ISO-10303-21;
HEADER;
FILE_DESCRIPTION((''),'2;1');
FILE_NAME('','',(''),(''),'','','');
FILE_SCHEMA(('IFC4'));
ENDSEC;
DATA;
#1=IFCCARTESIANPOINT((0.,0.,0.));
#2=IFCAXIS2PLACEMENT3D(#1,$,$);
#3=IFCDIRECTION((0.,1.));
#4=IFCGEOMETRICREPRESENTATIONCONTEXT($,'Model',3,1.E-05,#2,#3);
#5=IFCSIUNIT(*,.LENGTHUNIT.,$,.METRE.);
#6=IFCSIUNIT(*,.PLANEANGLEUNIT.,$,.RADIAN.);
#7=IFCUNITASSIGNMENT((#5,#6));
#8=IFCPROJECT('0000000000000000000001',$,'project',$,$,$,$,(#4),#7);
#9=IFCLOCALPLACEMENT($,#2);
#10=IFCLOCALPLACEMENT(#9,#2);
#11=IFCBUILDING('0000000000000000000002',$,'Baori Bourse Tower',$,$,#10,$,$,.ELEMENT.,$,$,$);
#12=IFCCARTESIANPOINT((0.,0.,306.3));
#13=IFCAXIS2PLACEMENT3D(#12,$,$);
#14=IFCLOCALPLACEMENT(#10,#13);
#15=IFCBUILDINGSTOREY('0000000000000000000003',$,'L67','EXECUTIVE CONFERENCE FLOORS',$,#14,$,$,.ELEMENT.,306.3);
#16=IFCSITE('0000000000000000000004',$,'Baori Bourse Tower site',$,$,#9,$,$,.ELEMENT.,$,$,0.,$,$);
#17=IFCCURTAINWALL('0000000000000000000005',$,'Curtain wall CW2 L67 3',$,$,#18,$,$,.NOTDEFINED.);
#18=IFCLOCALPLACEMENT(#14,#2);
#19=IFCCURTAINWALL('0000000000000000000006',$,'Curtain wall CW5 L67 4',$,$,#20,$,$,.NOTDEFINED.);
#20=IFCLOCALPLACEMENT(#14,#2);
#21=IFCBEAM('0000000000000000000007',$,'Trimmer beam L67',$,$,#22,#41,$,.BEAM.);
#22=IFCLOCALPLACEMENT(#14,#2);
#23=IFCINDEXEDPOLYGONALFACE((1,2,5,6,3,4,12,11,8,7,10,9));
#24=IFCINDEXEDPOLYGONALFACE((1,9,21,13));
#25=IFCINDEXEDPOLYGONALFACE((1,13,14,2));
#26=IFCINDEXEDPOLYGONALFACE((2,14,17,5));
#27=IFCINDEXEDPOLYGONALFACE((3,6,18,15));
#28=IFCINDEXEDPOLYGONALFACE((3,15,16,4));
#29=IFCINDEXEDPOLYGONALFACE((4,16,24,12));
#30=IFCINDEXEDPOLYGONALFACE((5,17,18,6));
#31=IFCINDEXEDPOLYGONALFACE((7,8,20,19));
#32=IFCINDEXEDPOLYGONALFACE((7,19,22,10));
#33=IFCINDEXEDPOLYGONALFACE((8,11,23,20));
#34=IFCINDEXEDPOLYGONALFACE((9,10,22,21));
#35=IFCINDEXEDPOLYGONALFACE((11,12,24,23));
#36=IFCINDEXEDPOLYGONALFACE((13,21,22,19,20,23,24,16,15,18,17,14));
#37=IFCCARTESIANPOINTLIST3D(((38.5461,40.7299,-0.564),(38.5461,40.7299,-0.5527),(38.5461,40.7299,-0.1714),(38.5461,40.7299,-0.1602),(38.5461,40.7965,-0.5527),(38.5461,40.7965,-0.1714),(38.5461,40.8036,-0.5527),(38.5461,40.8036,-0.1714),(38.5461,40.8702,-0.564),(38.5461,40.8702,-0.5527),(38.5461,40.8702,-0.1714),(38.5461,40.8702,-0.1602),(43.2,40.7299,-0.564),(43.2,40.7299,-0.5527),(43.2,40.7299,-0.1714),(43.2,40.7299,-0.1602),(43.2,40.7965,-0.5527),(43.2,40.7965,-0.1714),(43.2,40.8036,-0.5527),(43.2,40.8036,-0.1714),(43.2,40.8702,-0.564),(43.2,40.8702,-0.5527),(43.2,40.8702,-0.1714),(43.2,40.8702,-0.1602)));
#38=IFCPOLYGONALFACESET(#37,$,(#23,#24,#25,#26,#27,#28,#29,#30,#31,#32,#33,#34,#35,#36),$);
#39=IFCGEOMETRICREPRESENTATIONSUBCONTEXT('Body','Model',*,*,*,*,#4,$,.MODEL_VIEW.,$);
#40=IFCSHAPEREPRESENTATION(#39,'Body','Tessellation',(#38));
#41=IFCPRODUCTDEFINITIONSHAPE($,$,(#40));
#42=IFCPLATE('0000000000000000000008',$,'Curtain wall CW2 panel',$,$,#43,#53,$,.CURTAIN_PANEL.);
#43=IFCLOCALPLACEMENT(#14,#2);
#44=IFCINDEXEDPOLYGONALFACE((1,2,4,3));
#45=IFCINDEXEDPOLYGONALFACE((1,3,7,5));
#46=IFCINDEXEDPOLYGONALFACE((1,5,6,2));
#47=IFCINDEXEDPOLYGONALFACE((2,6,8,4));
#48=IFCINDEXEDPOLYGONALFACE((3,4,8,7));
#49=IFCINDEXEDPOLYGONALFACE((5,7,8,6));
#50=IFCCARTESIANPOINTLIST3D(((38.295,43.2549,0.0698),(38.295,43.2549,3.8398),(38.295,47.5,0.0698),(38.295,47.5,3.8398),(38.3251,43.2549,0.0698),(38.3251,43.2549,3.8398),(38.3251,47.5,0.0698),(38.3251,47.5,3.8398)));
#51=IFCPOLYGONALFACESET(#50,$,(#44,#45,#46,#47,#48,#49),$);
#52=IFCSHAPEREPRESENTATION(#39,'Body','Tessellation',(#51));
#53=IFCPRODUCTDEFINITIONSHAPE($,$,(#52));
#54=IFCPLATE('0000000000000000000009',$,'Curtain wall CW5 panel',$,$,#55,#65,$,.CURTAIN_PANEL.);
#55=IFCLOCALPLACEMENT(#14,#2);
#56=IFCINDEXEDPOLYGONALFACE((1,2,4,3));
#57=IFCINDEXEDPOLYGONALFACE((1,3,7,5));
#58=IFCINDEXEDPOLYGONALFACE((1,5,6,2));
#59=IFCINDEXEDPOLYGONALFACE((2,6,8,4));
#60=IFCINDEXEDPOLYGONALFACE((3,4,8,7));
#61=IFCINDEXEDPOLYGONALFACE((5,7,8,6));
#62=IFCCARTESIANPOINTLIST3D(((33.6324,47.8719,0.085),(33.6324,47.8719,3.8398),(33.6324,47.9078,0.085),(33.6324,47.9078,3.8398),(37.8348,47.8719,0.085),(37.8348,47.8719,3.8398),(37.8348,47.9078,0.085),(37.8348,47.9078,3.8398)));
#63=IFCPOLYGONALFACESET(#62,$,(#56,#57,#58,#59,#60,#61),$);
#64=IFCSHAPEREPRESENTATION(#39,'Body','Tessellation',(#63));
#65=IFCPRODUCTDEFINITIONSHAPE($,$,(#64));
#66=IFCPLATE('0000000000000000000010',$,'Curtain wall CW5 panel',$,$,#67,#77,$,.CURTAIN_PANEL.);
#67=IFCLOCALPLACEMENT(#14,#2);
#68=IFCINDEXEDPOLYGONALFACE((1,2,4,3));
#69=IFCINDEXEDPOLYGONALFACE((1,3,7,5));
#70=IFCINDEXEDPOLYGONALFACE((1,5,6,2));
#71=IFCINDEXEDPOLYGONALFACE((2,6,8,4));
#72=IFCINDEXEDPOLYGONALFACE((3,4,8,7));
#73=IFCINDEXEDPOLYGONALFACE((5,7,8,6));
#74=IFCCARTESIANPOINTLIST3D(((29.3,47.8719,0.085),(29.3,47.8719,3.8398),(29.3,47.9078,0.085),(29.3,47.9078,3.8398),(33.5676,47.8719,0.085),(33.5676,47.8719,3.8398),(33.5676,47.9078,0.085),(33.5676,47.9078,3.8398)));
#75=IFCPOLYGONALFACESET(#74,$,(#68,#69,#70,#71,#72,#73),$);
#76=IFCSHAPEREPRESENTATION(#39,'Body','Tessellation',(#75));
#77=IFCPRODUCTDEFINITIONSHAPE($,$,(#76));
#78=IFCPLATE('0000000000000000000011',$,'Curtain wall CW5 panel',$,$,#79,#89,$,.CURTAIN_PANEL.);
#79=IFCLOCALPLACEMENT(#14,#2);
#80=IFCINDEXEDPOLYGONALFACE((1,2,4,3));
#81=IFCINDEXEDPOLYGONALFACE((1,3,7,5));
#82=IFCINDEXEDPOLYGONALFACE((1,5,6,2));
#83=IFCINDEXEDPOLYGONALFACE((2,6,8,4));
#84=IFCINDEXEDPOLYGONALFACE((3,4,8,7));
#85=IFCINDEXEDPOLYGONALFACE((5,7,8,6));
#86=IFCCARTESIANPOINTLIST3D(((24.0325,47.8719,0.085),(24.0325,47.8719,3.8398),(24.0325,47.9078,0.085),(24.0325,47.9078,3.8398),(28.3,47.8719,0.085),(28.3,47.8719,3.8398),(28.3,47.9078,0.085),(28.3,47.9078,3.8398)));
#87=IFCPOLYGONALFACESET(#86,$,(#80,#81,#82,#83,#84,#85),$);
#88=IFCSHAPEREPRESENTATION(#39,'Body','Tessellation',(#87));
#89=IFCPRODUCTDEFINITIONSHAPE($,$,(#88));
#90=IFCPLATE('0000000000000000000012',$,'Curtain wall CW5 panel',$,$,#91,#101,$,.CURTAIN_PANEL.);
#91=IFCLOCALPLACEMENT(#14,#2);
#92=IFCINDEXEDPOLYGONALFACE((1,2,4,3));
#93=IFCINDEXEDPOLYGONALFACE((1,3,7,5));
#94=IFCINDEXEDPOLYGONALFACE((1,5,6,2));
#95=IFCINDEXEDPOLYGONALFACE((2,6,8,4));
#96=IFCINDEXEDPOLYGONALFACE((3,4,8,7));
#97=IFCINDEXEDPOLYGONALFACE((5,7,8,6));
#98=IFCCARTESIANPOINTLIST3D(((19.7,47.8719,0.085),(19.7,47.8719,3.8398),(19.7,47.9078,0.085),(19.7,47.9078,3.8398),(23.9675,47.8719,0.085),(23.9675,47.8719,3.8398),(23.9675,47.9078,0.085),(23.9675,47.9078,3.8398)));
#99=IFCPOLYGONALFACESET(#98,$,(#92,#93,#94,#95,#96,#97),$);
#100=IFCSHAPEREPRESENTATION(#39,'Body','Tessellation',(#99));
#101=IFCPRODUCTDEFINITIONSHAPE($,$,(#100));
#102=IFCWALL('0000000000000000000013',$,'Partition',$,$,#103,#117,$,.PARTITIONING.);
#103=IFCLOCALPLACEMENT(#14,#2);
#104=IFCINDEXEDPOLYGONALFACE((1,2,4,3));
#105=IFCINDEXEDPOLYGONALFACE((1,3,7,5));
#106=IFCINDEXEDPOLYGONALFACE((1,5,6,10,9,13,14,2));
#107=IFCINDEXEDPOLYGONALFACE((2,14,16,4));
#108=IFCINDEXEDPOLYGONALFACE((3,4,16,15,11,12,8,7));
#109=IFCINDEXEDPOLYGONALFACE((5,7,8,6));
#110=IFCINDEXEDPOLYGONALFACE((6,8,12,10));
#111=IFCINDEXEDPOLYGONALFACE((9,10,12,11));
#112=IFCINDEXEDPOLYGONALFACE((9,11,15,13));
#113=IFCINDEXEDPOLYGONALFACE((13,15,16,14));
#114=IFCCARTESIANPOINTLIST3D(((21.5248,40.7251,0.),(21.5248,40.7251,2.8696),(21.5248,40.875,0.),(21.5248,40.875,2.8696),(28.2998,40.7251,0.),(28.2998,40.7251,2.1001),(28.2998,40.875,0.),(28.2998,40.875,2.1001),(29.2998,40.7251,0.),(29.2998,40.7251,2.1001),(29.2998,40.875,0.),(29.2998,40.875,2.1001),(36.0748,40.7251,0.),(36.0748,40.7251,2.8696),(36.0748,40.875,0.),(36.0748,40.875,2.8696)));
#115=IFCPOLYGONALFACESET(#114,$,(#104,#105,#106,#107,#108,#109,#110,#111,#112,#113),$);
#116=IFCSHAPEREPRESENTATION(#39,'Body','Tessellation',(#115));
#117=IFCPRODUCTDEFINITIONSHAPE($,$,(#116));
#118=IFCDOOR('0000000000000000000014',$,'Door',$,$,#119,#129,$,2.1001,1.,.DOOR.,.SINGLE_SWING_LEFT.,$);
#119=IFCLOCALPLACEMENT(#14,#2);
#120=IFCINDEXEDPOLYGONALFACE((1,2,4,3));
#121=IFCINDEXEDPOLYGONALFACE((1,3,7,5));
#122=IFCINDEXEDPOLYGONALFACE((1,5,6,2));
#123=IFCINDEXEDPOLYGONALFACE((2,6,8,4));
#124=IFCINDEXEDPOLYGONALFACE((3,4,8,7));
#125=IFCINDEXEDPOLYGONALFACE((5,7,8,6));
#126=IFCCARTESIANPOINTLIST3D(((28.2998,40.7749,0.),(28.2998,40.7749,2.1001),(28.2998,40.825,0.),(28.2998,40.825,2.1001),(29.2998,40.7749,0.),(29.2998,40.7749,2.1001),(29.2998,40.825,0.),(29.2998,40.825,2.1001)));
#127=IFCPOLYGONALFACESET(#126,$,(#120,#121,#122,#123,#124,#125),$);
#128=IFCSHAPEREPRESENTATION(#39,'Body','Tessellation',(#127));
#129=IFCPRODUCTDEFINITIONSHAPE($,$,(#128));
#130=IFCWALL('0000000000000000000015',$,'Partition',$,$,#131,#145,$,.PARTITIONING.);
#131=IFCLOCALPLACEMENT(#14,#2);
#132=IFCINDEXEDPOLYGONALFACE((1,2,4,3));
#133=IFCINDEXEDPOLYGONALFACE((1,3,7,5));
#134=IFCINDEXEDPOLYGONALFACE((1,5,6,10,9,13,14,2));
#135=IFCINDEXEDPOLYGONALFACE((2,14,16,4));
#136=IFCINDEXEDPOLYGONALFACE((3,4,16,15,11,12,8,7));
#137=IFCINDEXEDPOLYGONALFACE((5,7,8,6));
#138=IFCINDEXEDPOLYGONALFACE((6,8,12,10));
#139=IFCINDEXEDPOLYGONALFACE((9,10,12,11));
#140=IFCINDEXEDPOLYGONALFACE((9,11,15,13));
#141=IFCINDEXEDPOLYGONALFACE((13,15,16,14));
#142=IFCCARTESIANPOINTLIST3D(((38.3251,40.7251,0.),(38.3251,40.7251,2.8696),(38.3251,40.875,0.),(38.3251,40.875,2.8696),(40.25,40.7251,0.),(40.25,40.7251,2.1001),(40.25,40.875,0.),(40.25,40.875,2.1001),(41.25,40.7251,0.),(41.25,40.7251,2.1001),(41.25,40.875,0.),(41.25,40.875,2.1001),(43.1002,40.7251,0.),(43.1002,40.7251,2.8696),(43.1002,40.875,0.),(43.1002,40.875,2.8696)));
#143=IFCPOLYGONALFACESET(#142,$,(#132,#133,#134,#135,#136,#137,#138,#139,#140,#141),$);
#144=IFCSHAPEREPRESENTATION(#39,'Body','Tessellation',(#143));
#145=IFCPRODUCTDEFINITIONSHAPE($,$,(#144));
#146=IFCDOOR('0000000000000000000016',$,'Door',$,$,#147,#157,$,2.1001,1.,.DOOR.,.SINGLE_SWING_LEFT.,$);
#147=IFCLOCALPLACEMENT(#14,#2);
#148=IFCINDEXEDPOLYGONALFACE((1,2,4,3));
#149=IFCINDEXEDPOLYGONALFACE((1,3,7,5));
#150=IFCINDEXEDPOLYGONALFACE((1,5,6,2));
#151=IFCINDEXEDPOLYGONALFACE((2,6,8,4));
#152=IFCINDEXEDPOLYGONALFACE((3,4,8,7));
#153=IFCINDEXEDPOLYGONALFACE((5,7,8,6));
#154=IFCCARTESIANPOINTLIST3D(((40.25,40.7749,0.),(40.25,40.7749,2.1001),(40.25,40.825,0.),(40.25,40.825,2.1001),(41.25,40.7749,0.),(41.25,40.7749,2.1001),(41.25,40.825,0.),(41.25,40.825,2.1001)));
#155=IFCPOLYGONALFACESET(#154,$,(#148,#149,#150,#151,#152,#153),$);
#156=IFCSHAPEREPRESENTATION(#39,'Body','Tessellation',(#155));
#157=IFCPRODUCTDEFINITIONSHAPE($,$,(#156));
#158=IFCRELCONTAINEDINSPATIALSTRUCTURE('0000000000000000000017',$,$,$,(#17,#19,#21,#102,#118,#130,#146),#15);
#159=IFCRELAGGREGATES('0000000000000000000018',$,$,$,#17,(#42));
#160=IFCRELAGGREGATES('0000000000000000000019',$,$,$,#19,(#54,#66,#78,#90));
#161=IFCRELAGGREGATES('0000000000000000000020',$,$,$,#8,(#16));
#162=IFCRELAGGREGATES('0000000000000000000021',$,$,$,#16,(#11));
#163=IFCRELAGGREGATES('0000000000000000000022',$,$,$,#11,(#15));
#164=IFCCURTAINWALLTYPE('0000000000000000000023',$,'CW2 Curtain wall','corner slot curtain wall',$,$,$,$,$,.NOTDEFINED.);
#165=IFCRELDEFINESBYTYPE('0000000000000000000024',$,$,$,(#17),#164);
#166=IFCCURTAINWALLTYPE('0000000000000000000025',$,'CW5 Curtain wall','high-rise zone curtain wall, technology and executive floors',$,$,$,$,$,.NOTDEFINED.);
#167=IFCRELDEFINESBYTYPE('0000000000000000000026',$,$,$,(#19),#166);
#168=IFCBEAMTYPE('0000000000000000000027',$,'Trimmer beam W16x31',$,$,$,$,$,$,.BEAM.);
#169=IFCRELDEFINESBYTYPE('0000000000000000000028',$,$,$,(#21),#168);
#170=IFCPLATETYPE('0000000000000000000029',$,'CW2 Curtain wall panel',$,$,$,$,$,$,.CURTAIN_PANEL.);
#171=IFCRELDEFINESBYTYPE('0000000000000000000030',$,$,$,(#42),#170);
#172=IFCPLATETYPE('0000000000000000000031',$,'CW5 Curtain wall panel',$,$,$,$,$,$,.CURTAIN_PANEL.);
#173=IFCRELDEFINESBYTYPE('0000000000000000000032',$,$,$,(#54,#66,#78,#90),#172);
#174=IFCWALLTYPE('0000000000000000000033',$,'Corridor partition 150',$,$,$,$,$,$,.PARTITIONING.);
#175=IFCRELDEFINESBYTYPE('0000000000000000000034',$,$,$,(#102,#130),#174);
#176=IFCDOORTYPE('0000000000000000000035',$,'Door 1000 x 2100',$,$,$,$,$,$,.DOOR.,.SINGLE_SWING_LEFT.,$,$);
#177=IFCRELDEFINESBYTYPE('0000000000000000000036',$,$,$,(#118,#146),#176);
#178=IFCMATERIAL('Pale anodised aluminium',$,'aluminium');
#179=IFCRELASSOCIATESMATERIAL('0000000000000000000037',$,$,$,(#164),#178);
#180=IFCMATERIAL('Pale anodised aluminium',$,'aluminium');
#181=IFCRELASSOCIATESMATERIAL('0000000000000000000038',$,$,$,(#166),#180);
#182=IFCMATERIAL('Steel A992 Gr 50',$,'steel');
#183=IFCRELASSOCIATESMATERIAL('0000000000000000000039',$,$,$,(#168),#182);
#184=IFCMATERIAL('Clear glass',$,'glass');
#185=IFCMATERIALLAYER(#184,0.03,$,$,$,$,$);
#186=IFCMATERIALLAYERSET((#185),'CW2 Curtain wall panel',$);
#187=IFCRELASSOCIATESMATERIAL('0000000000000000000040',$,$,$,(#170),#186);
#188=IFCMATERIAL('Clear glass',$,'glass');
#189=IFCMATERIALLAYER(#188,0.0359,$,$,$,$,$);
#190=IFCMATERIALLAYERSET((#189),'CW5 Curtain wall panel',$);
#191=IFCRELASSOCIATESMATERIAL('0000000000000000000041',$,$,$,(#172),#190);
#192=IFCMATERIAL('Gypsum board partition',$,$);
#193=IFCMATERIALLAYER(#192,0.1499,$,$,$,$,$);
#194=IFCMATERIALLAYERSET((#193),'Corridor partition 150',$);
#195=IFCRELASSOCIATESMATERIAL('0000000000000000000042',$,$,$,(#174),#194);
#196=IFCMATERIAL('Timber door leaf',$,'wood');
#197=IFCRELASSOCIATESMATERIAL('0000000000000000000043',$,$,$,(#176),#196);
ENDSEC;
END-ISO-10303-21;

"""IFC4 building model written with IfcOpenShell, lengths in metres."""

from ifc_helpers import new_model, si_unit, direction, frame, frame_2d, origin, origin_2d, place, context, subcontext, project, spatial, rectangle, i_section, extrude, material, layer, layer_set, material_profile, profile_set, type_object, element, fill, aggregate, save


model = new_model("IFC4")

# Units and contexts
model_context = context("Model", 3, precision=1e-05, world=origin(), true_north=direction((0.0, 1.0)))
body_context = subcontext(model_context, "Body", "Model", "MODEL_VIEW")
ifc_project = project(units=[si_unit("LENGTHUNIT", "METRE"), si_unit("PLANEANGLEUNIT", "RADIAN")], contexts=[model_context])

# Site, building, storey
site_placement = place(None, origin())
site = spatial("IfcSite", under=ifc_project, at=site_placement, Name="Baori Bourse Tower site", CompositionType="ELEMENT", RefElevation=0.0)
building_placement = place(site_placement, origin())
building = spatial("IfcBuilding", under=site, at=building_placement, Name="Baori Bourse Tower", CompositionType="ELEMENT")
storey_placement = place(building_placement, frame((0.0, 0.0, 306.3)))
storey = spatial("IfcBuildingStorey", under=building, at=storey_placement, Name="L67", Description="EXECUTIVE CONFERENCE FLOORS", CompositionType="ELEMENT", Elevation=306.3)

# Curtain walls
ifc_material_1 = material(Name="Pale anodised aluminium", Category="aluminium")
curtain_wall_type_1 = type_object("IfcCurtainWallType", Name="CW2 Curtain wall", Description="corner slot curtain wall", PredefinedType="NOTDEFINED", material=ifc_material_1)
curtain_wall_1_placement = place(storey_placement, origin())
curtain_wall_1 = element("IfcCurtainWall", 1, at=curtain_wall_1_placement, inside=storey, type_object=curtain_wall_type_1, Name="Curtain wall CW2 L67 3", PredefinedType="NOTDEFINED")
ifc_material_2 = material(Name="Pale anodised aluminium", Category="aluminium")
curtain_wall_type_2 = type_object("IfcCurtainWallType", Name="CW5 Curtain wall", Description="high-rise zone curtain wall, technology and executive floors", PredefinedType="NOTDEFINED", material=ifc_material_2)
curtain_wall_2_placement = place(storey_placement, origin())
curtain_wall_2 = element("IfcCurtainWall", 2, at=curtain_wall_2_placement, inside=storey, type_object=curtain_wall_type_2, Name="Curtain wall CW5 L67 4", PredefinedType="NOTDEFINED")

# Beam
ifc_material_3 = material(Name="Steel A992 Gr 50", Category="steel")
ifc_material_profile_1 = material_profile(ifc_material_3, i_section(OverallWidth=0.1404, OverallDepth=0.4038, WebThickness=0.0071, FlangeThickness=0.0112, at=origin_2d()), Name="W16x31")
ifc_profile_set_1 = profile_set([ifc_material_profile_1], Name="Steel A992 Gr 50")
beam_type_1 = type_object("IfcBeamType", Name="Trimmer beam W16x31", PredefinedType="BEAM", material=ifc_profile_set_1)
beam_1_placement = place(storey_placement, frame((38.5461, 40.8, -0.3621), z_axis=(1.0, 0.0, 0.0), x_axis=(0.0, 1.0, 0.0)))
element("IfcBeam", 3, at=beam_1_placement, inside=storey, type_object=beam_type_1, Name="Trimmer beam L67", PredefinedType="BEAM", context=body_context, shape_type="SweptSolid", body=[
    extrude(i_section(OverallWidth=0.1404, OverallDepth=0.4038, WebThickness=0.0071, FlangeThickness=0.0112, at=origin_2d()), origin(), (0.0, 0.0, 1.0), 4.6538),
])

# Plates
ifc_material_4 = material(Name="Clear glass", Category="glass")
ifc_layer_1 = layer(ifc_material_4, 0.03)
ifc_layer_set_1 = layer_set([ifc_layer_1], Name="CW2 Curtain wall panel")
plate_type_1 = type_object("IfcPlateType", Name="CW2 Curtain wall panel", PredefinedType="CURTAIN_PANEL", material=ifc_layer_set_1)
plate_1_placement = place(storey_placement, frame((38.3101, 45.3774, 0.0698), z_axis=(0.0, 0.0, 1.0), x_axis=(0.0, 1.0, 0.0)))
plate_1 = element("IfcPlate", 4, at=plate_1_placement, type_object=plate_type_1, Name="Curtain wall CW2 panel", PredefinedType="CURTAIN_PANEL", context=body_context, shape_type="SweptSolid", body=[
    extrude(rectangle(XDim=4.2451, YDim=0.03, at=origin_2d()), origin(), (0.0, 0.0, 1.0), 3.77),
])
aggregate(curtain_wall_1, [plate_1])
ifc_material_5 = material(Name="Clear glass", Category="glass")
ifc_layer_2 = layer(ifc_material_5, 0.0359)
ifc_layer_set_2 = layer_set([ifc_layer_2], Name="CW5 Curtain wall panel")
plate_type_2 = type_object("IfcPlateType", Name="CW5 Curtain wall panel", PredefinedType="CURTAIN_PANEL", material=ifc_layer_set_2)
plate_2_placement = place(storey_placement, frame((35.7336, 47.8899, 0.085), z_axis=(0.0, 0.0, 1.0), x_axis=(-1.0, 0.0, 0.0)))
plate_2 = element("IfcPlate", 5, at=plate_2_placement, type_object=plate_type_2, Name="Curtain wall CW5 panel", PredefinedType="CURTAIN_PANEL", context=body_context, shape_type="SweptSolid", body=[
    extrude(rectangle(XDim=4.2024, YDim=0.0359, at=origin_2d()), origin(), (0.0, 0.0, 1.0), 3.7549),
])
plate_3_placement = place(storey_placement, frame((31.4338, 47.8899, 0.085), z_axis=(0.0, 0.0, 1.0), x_axis=(-1.0, 0.0, 0.0)))
plate_3 = element("IfcPlate", 6, at=plate_3_placement, type_object=plate_type_2, Name="Curtain wall CW5 panel", PredefinedType="CURTAIN_PANEL", context=body_context, shape_type="SweptSolid", body=[
    extrude(rectangle(XDim=4.2676, YDim=0.0359, at=origin_2d()), origin(), (0.0, 0.0, 1.0), 3.7549),
])
plate_4_placement = place(storey_placement, frame((26.1663, 47.8899, 0.085), z_axis=(0.0, 0.0, 1.0), x_axis=(-1.0, 0.0, 0.0)))
plate_4 = element("IfcPlate", 7, at=plate_4_placement, type_object=plate_type_2, Name="Curtain wall CW5 panel", PredefinedType="CURTAIN_PANEL", context=body_context, shape_type="SweptSolid", body=[
    extrude(rectangle(XDim=4.2676, YDim=0.0359, at=origin_2d()), origin(), (0.0, 0.0, 1.0), 3.7549),
])
plate_5_placement = place(storey_placement, frame((21.8337, 47.8899, 0.085), z_axis=(0.0, 0.0, 1.0), x_axis=(-1.0, 0.0, 0.0)))
plate_5 = element("IfcPlate", 8, at=plate_5_placement, type_object=plate_type_2, Name="Curtain wall CW5 panel", PredefinedType="CURTAIN_PANEL", context=body_context, shape_type="SweptSolid", body=[
    extrude(rectangle(XDim=4.2676, YDim=0.0359, at=origin_2d()), origin(), (0.0, 0.0, 1.0), 3.7549),
])
aggregate(curtain_wall_2, [plate_2, plate_3, plate_4, plate_5])

# Walls, openings, doors
ifc_material_6 = material(Name="Gypsum board partition")
ifc_layer_3 = layer(ifc_material_6, 0.1499)
ifc_layer_set_3 = layer_set([ifc_layer_3], Name="Corridor partition 150")
wall_type_1 = type_object("IfcWallType", Name="Corridor partition 150", PredefinedType="PARTITIONING", material=ifc_layer_set_3)
wall_1_placement = place(storey_placement, frame((21.5249, 40.8, 0.0), z_axis=(0.0, 0.0, 1.0), x_axis=(1.0, 0.0, 0.0)))
wall_1 = element("IfcWall", 9, at=wall_1_placement, inside=storey, type_object=wall_type_1, Name="Partition", PredefinedType="PARTITIONING", context=body_context, shape_type="SweptSolid", body=[
    extrude(rectangle(XDim=14.55, YDim=0.1499, at=frame_2d((7.2749, 0.0))), origin(), (0.0, 0.0, 1.0), 2.8696),
])
opening_1_placement = place(wall_1_placement, frame((6.7749, 0.0, 0.0)))
opening_1 = element("IfcOpeningElement", 10, at=opening_1_placement, cuts=wall_1, PredefinedType="OPENING", context=body_context, shape_type="SweptSolid", body=[
    extrude(rectangle(XDim=1.0, YDim=2.1001, at=frame_2d((0.5, 1.05))), frame((0.0, 0.085, 0.0), z_axis=(0.0, -1.0, 0.0), x_axis=(1.0, 0.0, 0.0)), (0.0, 0.0, 1.0), 0.1699),
])
ifc_material_7 = material(Name="Timber door leaf", Category="wood")
door_type = type_object("IfcDoorType", Name="Door 1000 x 2100", OperationType="SINGLE_SWING_LEFT", PredefinedType="DOOR", material=ifc_material_7)
door_1_placement = place(opening_1_placement, origin())
door_1 = element("IfcDoor", 11, at=door_1_placement, inside=storey, type_object=door_type, Name="Door", OperationType="SINGLE_SWING_LEFT", OverallHeight=2.1001, OverallWidth=1.0, PredefinedType="DOOR", context=body_context, shape_type="SweptSolid", body=[
    extrude(rectangle(XDim=1.0, YDim=2.1001, at=frame_2d((0.5, 1.05))), frame((0.0, 0.0249, 0.0), z_axis=(0.0, -1.0, 0.0), x_axis=(1.0, 0.0, 0.0)), (0.0, 0.0, 1.0), 0.05),
])
fill(opening_1, door_1)
wall_2_placement = place(storey_placement, frame((38.325, 40.8, 0.0), z_axis=(0.0, 0.0, 1.0), x_axis=(1.0, 0.0, 0.0)))
wall_2 = element("IfcWall", 12, at=wall_2_placement, inside=storey, type_object=wall_type_1, Name="Partition", PredefinedType="PARTITIONING", context=body_context, shape_type="SweptSolid", body=[
    extrude(rectangle(XDim=4.7751, YDim=0.1499, at=frame_2d((2.3877, 0.0))), origin(), (0.0, 0.0, 1.0), 2.8696),
])
opening_2_placement = place(wall_2_placement, frame((1.925, 0.0, 0.0)))
opening_2 = element("IfcOpeningElement", 13, at=opening_2_placement, cuts=wall_2, PredefinedType="OPENING", context=body_context, shape_type="SweptSolid", body=[
    extrude(rectangle(XDim=1.0, YDim=2.1001, at=frame_2d((0.5, 1.05))), frame((0.0, 0.085, 0.0), z_axis=(0.0, -1.0, 0.0), x_axis=(1.0, 0.0, 0.0)), (0.0, 0.0, 1.0), 0.1699),
])
door_2_placement = place(opening_2_placement, origin())
door_2 = element("IfcDoor", 14, at=door_2_placement, inside=storey, type_object=door_type, Name="Door", OperationType="SINGLE_SWING_LEFT", OverallHeight=2.1001, OverallWidth=1.0, PredefinedType="DOOR", context=body_context, shape_type="SweptSolid", body=[
    extrude(rectangle(XDim=1.0, YDim=2.1001, at=frame_2d((0.5, 1.05))), frame((0.0, 0.0249, 0.0), z_axis=(0.0, -1.0, 0.0), x_axis=(1.0, 0.0, 0.0)), (0.0, 0.0, 1.0), 0.05),
])
fill(opening_2, door_2)

save(model, "model.ifc")
